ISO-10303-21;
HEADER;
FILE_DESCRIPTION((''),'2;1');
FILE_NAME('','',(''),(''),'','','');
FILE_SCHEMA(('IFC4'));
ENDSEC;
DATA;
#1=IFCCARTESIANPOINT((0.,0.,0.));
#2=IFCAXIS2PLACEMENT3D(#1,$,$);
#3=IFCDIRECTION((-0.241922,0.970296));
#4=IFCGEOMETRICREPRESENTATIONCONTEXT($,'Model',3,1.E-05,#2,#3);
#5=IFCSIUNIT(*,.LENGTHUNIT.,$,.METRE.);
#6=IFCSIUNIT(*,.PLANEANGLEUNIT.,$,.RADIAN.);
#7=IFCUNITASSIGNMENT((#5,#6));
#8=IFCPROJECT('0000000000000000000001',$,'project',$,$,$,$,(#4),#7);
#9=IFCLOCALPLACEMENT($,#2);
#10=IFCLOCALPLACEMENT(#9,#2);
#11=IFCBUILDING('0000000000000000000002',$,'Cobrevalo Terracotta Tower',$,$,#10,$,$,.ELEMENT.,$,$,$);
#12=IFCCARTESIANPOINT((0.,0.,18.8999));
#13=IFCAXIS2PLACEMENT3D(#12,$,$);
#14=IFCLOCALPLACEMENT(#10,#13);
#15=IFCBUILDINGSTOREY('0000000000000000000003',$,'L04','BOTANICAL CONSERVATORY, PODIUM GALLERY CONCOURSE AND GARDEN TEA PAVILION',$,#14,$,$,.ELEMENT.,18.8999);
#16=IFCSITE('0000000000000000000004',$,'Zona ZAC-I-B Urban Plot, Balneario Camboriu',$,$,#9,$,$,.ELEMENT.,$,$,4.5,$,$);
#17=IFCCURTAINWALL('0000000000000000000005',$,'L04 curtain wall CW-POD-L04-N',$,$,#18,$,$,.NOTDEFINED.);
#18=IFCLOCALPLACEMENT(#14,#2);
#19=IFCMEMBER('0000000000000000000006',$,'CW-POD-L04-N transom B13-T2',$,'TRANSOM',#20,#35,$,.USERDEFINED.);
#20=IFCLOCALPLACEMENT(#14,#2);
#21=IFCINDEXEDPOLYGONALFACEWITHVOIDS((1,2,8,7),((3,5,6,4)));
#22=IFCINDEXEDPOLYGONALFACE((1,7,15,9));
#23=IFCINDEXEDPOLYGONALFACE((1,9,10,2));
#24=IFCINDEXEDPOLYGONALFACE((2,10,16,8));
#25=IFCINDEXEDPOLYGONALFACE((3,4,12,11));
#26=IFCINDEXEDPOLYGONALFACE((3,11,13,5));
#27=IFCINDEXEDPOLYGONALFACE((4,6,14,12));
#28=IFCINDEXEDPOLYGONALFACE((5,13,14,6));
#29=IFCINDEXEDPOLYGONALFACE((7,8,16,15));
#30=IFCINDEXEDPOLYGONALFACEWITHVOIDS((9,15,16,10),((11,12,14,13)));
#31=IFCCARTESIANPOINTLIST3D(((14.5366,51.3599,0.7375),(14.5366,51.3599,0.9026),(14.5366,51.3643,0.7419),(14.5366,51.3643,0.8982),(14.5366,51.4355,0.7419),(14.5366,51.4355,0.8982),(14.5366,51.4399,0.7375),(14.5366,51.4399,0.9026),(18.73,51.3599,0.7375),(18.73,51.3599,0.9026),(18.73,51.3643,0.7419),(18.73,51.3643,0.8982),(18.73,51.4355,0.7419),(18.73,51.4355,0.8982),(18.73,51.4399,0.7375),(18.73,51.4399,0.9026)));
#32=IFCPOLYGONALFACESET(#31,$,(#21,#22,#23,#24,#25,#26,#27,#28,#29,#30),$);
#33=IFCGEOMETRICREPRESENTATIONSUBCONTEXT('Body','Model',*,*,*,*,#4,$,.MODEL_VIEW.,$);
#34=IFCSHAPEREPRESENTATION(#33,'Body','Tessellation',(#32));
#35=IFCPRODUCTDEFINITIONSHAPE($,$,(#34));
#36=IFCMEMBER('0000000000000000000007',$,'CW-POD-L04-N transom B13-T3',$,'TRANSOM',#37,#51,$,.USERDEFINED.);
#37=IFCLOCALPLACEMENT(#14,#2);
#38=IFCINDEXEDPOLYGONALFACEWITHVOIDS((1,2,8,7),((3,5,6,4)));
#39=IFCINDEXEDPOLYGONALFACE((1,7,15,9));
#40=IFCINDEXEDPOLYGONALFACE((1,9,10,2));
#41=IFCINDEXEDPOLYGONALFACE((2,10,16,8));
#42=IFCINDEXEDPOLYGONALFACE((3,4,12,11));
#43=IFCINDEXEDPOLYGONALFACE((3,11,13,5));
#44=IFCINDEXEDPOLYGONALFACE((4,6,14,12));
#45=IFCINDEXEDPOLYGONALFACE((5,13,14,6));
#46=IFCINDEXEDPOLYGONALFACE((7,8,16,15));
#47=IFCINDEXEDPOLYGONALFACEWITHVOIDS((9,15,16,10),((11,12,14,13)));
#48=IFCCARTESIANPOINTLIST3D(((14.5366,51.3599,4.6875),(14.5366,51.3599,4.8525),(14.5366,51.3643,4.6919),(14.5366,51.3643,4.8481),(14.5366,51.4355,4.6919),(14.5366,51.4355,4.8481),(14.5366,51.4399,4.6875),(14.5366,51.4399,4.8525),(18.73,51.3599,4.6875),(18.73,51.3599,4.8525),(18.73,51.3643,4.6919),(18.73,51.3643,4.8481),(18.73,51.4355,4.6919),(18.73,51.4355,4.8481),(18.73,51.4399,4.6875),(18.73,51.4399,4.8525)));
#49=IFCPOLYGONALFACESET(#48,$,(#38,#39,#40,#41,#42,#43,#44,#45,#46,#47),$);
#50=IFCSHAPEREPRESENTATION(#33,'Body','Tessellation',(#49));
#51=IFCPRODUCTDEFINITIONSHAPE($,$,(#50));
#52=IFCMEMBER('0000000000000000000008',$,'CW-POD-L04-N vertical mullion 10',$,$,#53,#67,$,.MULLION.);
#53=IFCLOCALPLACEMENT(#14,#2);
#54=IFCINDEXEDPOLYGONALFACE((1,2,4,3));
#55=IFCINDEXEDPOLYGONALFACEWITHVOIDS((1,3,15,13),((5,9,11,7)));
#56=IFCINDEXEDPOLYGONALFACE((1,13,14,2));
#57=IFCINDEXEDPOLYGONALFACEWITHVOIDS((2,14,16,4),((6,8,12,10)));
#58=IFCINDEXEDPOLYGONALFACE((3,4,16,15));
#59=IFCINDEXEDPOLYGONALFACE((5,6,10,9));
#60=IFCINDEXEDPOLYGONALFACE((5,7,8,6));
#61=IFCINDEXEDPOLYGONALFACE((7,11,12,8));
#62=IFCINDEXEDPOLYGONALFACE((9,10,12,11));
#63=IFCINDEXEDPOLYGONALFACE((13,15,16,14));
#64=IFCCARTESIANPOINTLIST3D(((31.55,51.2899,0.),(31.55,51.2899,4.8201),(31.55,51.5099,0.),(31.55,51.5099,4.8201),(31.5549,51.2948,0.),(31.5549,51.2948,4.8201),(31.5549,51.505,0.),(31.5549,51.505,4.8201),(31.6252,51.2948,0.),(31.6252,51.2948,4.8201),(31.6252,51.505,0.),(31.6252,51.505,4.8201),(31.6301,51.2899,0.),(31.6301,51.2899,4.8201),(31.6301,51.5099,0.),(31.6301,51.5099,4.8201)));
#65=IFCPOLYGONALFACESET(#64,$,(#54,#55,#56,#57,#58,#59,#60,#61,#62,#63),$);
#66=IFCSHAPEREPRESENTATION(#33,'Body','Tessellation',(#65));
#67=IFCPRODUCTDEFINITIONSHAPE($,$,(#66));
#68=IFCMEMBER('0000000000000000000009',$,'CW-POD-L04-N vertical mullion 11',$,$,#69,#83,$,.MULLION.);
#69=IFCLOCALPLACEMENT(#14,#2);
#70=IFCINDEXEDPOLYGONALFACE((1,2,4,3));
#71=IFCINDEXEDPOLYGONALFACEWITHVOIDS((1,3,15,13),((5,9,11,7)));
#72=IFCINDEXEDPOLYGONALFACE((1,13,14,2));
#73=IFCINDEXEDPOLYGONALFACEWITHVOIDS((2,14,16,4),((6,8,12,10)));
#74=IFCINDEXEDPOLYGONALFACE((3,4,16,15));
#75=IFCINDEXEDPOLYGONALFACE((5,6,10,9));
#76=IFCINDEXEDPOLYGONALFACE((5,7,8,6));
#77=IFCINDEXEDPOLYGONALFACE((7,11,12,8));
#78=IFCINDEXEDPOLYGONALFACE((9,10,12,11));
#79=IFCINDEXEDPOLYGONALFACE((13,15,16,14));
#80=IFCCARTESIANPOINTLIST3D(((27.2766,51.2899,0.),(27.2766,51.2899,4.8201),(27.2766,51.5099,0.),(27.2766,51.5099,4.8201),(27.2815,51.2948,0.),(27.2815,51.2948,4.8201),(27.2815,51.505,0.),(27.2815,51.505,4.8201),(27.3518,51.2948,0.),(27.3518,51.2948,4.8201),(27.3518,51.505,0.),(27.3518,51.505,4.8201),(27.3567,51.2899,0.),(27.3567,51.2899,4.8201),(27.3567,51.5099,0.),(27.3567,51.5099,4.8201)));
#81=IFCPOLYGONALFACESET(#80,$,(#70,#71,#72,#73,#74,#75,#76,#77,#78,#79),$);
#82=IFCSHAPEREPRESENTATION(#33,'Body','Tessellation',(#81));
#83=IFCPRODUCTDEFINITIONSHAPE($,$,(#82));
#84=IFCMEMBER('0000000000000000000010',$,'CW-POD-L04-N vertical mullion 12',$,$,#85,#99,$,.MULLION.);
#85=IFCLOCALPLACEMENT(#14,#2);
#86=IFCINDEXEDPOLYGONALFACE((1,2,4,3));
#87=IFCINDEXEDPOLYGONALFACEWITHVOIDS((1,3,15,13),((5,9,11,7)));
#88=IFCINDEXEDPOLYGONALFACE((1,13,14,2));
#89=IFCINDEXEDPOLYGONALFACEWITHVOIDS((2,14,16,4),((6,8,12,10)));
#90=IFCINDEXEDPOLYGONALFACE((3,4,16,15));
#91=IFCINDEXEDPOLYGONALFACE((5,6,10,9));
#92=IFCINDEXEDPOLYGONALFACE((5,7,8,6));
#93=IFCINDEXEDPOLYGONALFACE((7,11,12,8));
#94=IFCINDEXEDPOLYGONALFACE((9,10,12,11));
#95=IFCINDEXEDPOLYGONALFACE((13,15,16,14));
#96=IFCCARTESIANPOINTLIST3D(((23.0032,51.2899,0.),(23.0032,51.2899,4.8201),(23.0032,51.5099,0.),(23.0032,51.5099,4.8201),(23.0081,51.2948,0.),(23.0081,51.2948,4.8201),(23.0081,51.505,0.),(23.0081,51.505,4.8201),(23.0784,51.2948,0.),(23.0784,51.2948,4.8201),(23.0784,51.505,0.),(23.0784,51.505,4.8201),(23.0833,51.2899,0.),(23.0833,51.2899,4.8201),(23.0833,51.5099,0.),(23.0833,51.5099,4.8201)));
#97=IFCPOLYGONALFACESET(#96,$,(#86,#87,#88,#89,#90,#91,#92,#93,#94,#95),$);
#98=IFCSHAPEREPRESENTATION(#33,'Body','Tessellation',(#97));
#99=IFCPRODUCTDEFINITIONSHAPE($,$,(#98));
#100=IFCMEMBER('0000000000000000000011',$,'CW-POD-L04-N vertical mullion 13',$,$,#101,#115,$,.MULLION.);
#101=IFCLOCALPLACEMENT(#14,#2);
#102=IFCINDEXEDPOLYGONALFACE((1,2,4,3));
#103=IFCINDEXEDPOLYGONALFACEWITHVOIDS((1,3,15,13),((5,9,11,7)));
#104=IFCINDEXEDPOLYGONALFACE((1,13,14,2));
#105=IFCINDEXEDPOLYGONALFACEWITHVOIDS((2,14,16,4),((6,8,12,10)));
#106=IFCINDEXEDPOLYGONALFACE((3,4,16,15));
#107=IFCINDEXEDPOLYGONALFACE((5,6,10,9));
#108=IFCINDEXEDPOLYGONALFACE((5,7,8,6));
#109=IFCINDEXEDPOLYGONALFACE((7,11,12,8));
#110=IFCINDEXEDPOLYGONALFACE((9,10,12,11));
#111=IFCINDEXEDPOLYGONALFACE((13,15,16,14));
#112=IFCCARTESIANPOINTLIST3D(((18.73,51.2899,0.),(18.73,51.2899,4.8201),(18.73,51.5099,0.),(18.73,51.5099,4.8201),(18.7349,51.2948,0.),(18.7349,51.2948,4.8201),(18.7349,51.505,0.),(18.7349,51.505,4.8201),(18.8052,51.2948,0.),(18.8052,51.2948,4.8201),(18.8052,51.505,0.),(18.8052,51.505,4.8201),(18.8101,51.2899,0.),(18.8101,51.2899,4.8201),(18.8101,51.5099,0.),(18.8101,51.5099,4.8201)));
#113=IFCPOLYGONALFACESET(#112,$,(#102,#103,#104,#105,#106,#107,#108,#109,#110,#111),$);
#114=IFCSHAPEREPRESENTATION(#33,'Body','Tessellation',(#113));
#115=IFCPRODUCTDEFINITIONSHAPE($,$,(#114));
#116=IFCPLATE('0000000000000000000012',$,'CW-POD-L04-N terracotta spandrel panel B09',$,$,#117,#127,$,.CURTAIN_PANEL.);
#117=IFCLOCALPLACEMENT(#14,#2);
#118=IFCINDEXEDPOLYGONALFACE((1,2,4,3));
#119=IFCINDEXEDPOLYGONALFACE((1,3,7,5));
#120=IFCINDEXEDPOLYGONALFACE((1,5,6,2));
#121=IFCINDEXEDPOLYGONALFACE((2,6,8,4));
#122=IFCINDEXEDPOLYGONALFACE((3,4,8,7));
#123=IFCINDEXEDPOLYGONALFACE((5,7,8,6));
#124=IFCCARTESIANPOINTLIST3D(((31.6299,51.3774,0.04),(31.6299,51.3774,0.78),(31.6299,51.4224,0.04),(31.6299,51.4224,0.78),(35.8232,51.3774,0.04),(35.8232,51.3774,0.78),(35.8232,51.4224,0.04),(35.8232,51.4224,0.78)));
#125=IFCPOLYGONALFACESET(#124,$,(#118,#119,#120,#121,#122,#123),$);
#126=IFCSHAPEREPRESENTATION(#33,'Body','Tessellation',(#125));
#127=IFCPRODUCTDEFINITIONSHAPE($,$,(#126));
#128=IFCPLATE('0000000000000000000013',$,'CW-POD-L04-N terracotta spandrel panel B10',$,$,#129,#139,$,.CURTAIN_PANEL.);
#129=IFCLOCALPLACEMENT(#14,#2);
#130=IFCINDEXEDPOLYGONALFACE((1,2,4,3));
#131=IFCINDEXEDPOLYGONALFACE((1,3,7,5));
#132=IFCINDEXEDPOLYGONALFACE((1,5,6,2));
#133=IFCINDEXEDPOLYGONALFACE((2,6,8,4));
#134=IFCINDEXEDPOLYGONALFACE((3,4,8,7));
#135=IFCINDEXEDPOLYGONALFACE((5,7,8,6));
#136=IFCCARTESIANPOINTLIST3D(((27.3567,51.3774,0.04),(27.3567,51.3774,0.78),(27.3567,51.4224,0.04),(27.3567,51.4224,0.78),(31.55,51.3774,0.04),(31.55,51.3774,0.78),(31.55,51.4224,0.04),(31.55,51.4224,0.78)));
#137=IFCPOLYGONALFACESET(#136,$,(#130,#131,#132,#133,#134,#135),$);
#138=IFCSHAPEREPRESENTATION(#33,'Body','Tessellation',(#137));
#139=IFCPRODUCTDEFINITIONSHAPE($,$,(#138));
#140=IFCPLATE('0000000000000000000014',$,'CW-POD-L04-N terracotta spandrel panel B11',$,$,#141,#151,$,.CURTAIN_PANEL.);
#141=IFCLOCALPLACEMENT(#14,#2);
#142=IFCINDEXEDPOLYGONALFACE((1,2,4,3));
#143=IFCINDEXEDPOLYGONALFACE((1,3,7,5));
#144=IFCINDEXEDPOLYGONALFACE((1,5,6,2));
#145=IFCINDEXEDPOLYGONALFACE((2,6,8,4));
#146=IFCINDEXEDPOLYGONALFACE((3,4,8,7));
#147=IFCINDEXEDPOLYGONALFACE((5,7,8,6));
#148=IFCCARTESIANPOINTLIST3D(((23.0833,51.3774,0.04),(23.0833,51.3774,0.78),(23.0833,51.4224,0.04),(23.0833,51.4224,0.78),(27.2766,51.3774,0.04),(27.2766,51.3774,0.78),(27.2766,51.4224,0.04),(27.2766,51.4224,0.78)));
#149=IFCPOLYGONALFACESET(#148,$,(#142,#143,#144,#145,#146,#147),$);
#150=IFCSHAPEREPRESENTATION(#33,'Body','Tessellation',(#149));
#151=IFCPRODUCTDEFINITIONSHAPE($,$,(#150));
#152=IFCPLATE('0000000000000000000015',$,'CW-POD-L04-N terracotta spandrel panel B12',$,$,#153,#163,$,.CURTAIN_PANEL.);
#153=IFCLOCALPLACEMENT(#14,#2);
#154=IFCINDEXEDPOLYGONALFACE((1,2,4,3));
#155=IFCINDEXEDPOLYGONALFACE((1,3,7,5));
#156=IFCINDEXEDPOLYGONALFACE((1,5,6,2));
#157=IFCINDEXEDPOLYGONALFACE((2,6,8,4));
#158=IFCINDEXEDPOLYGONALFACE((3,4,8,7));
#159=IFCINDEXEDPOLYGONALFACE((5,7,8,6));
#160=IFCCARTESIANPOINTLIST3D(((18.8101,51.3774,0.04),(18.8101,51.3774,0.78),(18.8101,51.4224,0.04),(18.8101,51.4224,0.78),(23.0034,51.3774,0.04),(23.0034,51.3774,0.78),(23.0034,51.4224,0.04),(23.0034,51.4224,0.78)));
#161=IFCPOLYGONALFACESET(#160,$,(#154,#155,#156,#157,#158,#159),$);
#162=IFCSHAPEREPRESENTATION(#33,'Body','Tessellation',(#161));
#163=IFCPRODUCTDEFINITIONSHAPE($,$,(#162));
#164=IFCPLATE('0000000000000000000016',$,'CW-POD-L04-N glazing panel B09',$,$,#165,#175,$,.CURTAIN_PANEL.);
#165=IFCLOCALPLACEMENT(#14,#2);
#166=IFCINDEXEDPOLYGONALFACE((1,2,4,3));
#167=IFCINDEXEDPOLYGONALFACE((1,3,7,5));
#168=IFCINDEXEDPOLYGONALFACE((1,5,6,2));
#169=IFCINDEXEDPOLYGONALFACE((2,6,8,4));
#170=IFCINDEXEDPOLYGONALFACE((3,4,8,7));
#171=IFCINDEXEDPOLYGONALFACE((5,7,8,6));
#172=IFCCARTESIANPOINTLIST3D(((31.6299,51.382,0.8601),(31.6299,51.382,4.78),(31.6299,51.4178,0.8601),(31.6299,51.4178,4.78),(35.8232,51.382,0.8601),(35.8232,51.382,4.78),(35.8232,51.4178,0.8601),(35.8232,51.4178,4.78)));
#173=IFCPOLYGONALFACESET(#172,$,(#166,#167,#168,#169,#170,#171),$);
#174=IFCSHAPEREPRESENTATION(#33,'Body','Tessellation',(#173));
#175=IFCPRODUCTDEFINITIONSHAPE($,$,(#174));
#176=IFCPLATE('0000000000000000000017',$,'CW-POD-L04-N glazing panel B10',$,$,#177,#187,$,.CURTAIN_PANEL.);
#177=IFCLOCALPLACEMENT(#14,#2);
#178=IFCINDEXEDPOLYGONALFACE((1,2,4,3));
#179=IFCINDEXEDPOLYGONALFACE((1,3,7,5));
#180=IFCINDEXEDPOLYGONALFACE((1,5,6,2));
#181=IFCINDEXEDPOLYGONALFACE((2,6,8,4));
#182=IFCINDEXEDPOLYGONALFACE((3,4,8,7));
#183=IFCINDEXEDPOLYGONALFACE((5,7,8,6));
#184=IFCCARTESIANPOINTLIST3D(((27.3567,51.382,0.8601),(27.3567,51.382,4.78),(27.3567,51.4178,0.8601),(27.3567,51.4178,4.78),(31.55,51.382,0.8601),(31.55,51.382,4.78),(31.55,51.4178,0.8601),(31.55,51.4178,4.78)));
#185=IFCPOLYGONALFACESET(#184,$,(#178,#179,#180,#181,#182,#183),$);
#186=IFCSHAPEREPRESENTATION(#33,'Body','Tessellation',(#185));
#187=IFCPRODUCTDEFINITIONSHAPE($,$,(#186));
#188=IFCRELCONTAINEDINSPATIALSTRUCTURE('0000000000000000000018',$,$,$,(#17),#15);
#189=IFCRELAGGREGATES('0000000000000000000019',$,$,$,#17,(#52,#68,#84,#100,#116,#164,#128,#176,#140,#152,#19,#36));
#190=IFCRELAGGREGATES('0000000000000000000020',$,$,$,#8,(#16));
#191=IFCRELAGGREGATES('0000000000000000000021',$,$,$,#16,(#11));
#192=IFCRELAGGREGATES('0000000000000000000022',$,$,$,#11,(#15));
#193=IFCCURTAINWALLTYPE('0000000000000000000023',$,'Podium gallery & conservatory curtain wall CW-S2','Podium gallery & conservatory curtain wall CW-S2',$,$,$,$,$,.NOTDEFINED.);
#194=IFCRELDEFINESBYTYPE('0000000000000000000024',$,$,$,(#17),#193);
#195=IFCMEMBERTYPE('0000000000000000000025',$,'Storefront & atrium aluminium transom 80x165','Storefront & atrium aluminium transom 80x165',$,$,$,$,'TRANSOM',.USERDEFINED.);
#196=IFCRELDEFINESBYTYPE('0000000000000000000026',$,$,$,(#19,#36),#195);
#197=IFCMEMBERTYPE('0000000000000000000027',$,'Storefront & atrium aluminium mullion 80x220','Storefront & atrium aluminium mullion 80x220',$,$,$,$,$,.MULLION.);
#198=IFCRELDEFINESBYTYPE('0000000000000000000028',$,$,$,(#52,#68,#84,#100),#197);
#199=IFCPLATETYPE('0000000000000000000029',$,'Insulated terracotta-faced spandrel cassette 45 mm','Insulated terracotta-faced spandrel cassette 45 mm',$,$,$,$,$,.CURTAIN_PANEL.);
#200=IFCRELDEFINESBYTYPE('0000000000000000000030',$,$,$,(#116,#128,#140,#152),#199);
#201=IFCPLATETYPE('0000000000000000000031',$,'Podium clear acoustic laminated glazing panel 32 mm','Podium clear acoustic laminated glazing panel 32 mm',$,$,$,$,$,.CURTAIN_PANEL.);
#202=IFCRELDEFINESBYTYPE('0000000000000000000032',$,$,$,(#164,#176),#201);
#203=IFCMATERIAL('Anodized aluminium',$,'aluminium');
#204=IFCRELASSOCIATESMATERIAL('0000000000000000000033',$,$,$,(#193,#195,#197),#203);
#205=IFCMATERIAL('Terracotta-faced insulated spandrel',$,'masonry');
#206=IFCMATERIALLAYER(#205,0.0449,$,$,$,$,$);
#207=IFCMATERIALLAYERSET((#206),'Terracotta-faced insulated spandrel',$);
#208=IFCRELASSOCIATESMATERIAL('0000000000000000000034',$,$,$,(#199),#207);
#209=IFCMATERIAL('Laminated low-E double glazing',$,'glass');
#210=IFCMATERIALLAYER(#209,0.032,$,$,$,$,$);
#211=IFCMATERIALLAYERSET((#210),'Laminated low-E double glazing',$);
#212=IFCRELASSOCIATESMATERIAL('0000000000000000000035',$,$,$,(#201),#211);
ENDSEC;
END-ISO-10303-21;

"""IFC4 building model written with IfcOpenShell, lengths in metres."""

from ifc_helpers import new_model, si_unit, direction, frame, origin, origin_2d, place, context, subcontext, project, spatial, rectangle, hollow_rectangle, extrude, source, transform, mapped, material, layer, layer_set, material_profile, profile_set, type_object, element, aggregate, save


model = new_model("IFC4")

# Units and contexts
model_context = context("Model", 3, precision=1e-05, world=origin(), true_north=direction((-0.241922, 0.970296)))
body_context = subcontext(model_context, "Body", "Model", "MODEL_VIEW")
ifc_project = project(units=[si_unit("LENGTHUNIT", "METRE"), si_unit("PLANEANGLEUNIT", "RADIAN")], contexts=[model_context])

# Site, building, storey
site_placement = place(None, origin())
site = spatial("IfcSite", under=ifc_project, at=site_placement, Name="Zona ZAC-I-B Urban Plot, Balneario Camboriu", CompositionType="ELEMENT", RefElevation=4.5)
building_placement = place(site_placement, origin())
building = spatial("IfcBuilding", under=site, at=building_placement, Name="Cobrevalo Terracotta Tower", CompositionType="ELEMENT")
storey_placement = place(building_placement, frame((0.0, 0.0, 18.8999)))
storey = spatial("IfcBuildingStorey", under=building, at=storey_placement, Name="L04", Description="BOTANICAL CONSERVATORY, PODIUM GALLERY CONCOURSE AND GARDEN TEA PAVILION", CompositionType="ELEMENT", Elevation=18.8999)

# Curtain wall, members, plates
ifc_material_1 = material(Name="Anodized aluminium", Category="aluminium")
curtain_wall_type = type_object("IfcCurtainWallType", Name="Podium gallery & conservatory curtain wall CW-S2", Description="Podium gallery & conservatory curtain wall CW-S2", PredefinedType="NOTDEFINED", material=ifc_material_1)
curtain_wall_placement = place(storey_placement, origin())
curtain_wall = element("IfcCurtainWall", 1, at=curtain_wall_placement, inside=storey, type_object=curtain_wall_type, Name="L04 curtain wall CW-POD-L04-N", PredefinedType="NOTDEFINED")
ifc_material_profile_1 = material_profile(ifc_material_1, hollow_rectangle(XDim=0.0801, YDim=0.165, WallThickness=0.0044, at=origin_2d()), Name="CWT 80x165")
ifc_profile_set_1 = profile_set([ifc_material_profile_1], Name="Anodized aluminium")
member_type_1 = type_object("IfcMemberType", Name="Storefront & atrium aluminium transom 80x165", Description="Storefront & atrium aluminium transom 80x165", ElementType="TRANSOM", PredefinedType="USERDEFINED", material=ifc_profile_set_1)
shared_shape_1 = source(origin(), body_context, "Body", "SweptSolid", [
    extrude(hollow_rectangle(XDim=0.0801, YDim=0.165, WallThickness=0.0044, at=origin_2d()), origin(), (0.0, 0.0, 1.0), 4.1934),
])
member_1_placement = place(storey_placement, frame((18.73, 51.3999, 0.8201), z_axis=(-1.0, 0.0, 0.0), x_axis=(0.0, -1.0, 0.0)))
member_1 = element("IfcMember", 2, at=member_1_placement, type_object=member_type_1, Name="CW-POD-L04-N transom B13-T2", ObjectType="TRANSOM", PredefinedType="USERDEFINED", context=body_context, shape_type="MappedRepresentation", body=[
    mapped(shared_shape_1, transform((0.0, 0.0, 0.0), scale=1.0)),
])
member_2_placement = place(storey_placement, frame((18.73, 51.3999, 4.77), z_axis=(-1.0, 0.0, 0.0), x_axis=(0.0, -1.0, 0.0)))
member_2 = element("IfcMember", 3, at=member_2_placement, type_object=member_type_1, Name="CW-POD-L04-N transom B13-T3", ObjectType="TRANSOM", PredefinedType="USERDEFINED", context=body_context, shape_type="MappedRepresentation", body=[
    mapped(shared_shape_1, transform((0.0, 0.0, 0.0), scale=1.0)),
])
ifc_material_profile_2 = material_profile(ifc_material_1, hollow_rectangle(XDim=0.0801, YDim=0.22, WallThickness=0.0049, at=origin_2d()), Name="CWM 80x220")
ifc_profile_set_2 = profile_set([ifc_material_profile_2], Name="Anodized aluminium")
member_type_2 = type_object("IfcMemberType", Name="Storefront & atrium aluminium mullion 80x220", Description="Storefront & atrium aluminium mullion 80x220", PredefinedType="MULLION", material=ifc_profile_set_2)
shared_shape_2 = source(origin(), body_context, "Body", "SweptSolid", [
    extrude(hollow_rectangle(XDim=0.0801, YDim=0.22, WallThickness=0.0049, at=origin_2d()), origin(), (0.0, 0.0, 1.0), 4.8201),
])
member_3_placement = place(storey_placement, frame((31.5901, 51.3999, 0.0), z_axis=(0.0, 0.0, 1.0), x_axis=(-1.0, 0.0, 0.0)))
member_3 = element("IfcMember", 4, at=member_3_placement, type_object=member_type_2, Name="CW-POD-L04-N vertical mullion 10", PredefinedType="MULLION", context=body_context, shape_type="MappedRepresentation", body=[
    mapped(shared_shape_2, transform((0.0, 0.0, 0.0), scale=1.0)),
])
member_4_placement = place(storey_placement, frame((27.3167, 51.3999, 0.0), z_axis=(0.0, 0.0, 1.0), x_axis=(-1.0, 0.0, 0.0)))
member_4 = element("IfcMember", 5, at=member_4_placement, type_object=member_type_2, Name="CW-POD-L04-N vertical mullion 11", PredefinedType="MULLION", context=body_context, shape_type="MappedRepresentation", body=[
    mapped(shared_shape_2, transform((0.0, 0.0, 0.0), scale=1.0)),
])
member_5_placement = place(storey_placement, frame((23.0432, 51.3999, 0.0), z_axis=(0.0, 0.0, 1.0), x_axis=(-1.0, 0.0, 0.0)))
member_5 = element("IfcMember", 6, at=member_5_placement, type_object=member_type_2, Name="CW-POD-L04-N vertical mullion 12", PredefinedType="MULLION", context=body_context, shape_type="MappedRepresentation", body=[
    mapped(shared_shape_2, transform((0.0, 0.0, 0.0), scale=1.0)),
])
member_6_placement = place(storey_placement, frame((18.77, 51.3999, 0.0), z_axis=(0.0, 0.0, 1.0), x_axis=(-1.0, 0.0, 0.0)))
member_6 = element("IfcMember", 7, at=member_6_placement, type_object=member_type_2, Name="CW-POD-L04-N vertical mullion 13", PredefinedType="MULLION", context=body_context, shape_type="MappedRepresentation", body=[
    mapped(shared_shape_2, transform((0.0, 0.0, 0.0), scale=1.0)),
])
ifc_material_2 = material(Name="Terracotta-faced insulated spandrel", Category="masonry")
ifc_layer_1 = layer(ifc_material_2, 0.0449)
ifc_layer_set_1 = layer_set([ifc_layer_1], Name="Terracotta-faced insulated spandrel")
plate_type_1 = type_object("IfcPlateType", Name="Insulated terracotta-faced spandrel cassette 45 mm", Description="Insulated terracotta-faced spandrel cassette 45 mm", PredefinedType="CURTAIN_PANEL", material=ifc_layer_set_1)
shared_shape_3 = source(origin(), body_context, "Body", "SweptSolid", [
    extrude(rectangle(XDim=4.1934, YDim=0.0449, at=origin_2d()), origin(), (0.0, 0.0, 1.0), 0.74),
])
plate_1_placement = place(storey_placement, frame((33.7266, 51.3999, 0.04), z_axis=(0.0, 0.0, 1.0), x_axis=(-1.0, 0.0, 0.0)))
plate_1 = element("IfcPlate", 8, at=plate_1_placement, type_object=plate_type_1, Name="CW-POD-L04-N terracotta spandrel panel B09", PredefinedType="CURTAIN_PANEL", context=body_context, shape_type="MappedRepresentation", body=[
    mapped(shared_shape_3, transform((0.0, 0.0, 0.0), scale=1.0)),
])
plate_2_placement = place(storey_placement, frame((29.4534, 51.3999, 0.04), z_axis=(0.0, 0.0, 1.0), x_axis=(-1.0, 0.0, 0.0)))
plate_2 = element("IfcPlate", 9, at=plate_2_placement, type_object=plate_type_1, Name="CW-POD-L04-N terracotta spandrel panel B10", PredefinedType="CURTAIN_PANEL", context=body_context, shape_type="MappedRepresentation", body=[
    mapped(shared_shape_3, transform((0.0, 0.0, 0.0), scale=1.0)),
])
plate_3_placement = place(storey_placement, frame((25.1799, 51.3999, 0.04), z_axis=(0.0, 0.0, 1.0), x_axis=(-1.0, 0.0, 0.0)))
plate_3 = element("IfcPlate", 10, at=plate_3_placement, type_object=plate_type_1, Name="CW-POD-L04-N terracotta spandrel panel B11", PredefinedType="CURTAIN_PANEL", context=body_context, shape_type="MappedRepresentation", body=[
    mapped(shared_shape_3, transform((0.0, 0.0, 0.0), scale=1.0)),
])
plate_4_placement = place(storey_placement, frame((20.9067, 51.3999, 0.04), z_axis=(0.0, 0.0, 1.0), x_axis=(-1.0, 0.0, 0.0)))
plate_4 = element("IfcPlate", 11, at=plate_4_placement, type_object=plate_type_1, Name="CW-POD-L04-N terracotta spandrel panel B12", PredefinedType="CURTAIN_PANEL", context=body_context, shape_type="MappedRepresentation", body=[
    mapped(shared_shape_3, transform((0.0, 0.0, 0.0), scale=1.0)),
])
ifc_material_3 = material(Name="Laminated low-E double glazing", Category="glass")
ifc_layer_2 = layer(ifc_material_3, 0.032)
ifc_layer_set_2 = layer_set([ifc_layer_2], Name="Laminated low-E double glazing")
plate_type_2 = type_object("IfcPlateType", Name="Podium clear acoustic laminated glazing panel 32 mm", Description="Podium clear acoustic laminated glazing panel 32 mm", PredefinedType="CURTAIN_PANEL", material=ifc_layer_set_2)
shared_shape_4 = source(origin(), body_context, "Body", "SweptSolid", [
    extrude(rectangle(XDim=4.1934, YDim=0.0359, at=origin_2d()), origin(), (0.0, 0.0, 1.0), 3.9199),
])
plate_5_placement = place(storey_placement, frame((33.7266, 51.3999, 0.8601), z_axis=(0.0, 0.0, 1.0), x_axis=(-1.0, 0.0, 0.0)))
plate_5 = element("IfcPlate", 12, at=plate_5_placement, type_object=plate_type_2, Name="CW-POD-L04-N glazing panel B09", PredefinedType="CURTAIN_PANEL", context=body_context, shape_type="MappedRepresentation", body=[
    mapped(shared_shape_4, transform((0.0, 0.0, 0.0), scale=1.0)),
])
plate_6_placement = place(storey_placement, frame((29.4534, 51.3999, 0.8601), z_axis=(0.0, 0.0, 1.0), x_axis=(-1.0, 0.0, 0.0)))
plate_6 = element("IfcPlate", 13, at=plate_6_placement, type_object=plate_type_2, Name="CW-POD-L04-N glazing panel B10", PredefinedType="CURTAIN_PANEL", context=body_context, shape_type="MappedRepresentation", body=[
    mapped(shared_shape_4, transform((0.0, 0.0, 0.0), scale=1.0)),
])
aggregate(curtain_wall, [member_3, member_4, member_5, member_6, plate_1, plate_5, plate_2, plate_6, plate_3, plate_4, member_1, member_2])

save(model, "model.ifc")
